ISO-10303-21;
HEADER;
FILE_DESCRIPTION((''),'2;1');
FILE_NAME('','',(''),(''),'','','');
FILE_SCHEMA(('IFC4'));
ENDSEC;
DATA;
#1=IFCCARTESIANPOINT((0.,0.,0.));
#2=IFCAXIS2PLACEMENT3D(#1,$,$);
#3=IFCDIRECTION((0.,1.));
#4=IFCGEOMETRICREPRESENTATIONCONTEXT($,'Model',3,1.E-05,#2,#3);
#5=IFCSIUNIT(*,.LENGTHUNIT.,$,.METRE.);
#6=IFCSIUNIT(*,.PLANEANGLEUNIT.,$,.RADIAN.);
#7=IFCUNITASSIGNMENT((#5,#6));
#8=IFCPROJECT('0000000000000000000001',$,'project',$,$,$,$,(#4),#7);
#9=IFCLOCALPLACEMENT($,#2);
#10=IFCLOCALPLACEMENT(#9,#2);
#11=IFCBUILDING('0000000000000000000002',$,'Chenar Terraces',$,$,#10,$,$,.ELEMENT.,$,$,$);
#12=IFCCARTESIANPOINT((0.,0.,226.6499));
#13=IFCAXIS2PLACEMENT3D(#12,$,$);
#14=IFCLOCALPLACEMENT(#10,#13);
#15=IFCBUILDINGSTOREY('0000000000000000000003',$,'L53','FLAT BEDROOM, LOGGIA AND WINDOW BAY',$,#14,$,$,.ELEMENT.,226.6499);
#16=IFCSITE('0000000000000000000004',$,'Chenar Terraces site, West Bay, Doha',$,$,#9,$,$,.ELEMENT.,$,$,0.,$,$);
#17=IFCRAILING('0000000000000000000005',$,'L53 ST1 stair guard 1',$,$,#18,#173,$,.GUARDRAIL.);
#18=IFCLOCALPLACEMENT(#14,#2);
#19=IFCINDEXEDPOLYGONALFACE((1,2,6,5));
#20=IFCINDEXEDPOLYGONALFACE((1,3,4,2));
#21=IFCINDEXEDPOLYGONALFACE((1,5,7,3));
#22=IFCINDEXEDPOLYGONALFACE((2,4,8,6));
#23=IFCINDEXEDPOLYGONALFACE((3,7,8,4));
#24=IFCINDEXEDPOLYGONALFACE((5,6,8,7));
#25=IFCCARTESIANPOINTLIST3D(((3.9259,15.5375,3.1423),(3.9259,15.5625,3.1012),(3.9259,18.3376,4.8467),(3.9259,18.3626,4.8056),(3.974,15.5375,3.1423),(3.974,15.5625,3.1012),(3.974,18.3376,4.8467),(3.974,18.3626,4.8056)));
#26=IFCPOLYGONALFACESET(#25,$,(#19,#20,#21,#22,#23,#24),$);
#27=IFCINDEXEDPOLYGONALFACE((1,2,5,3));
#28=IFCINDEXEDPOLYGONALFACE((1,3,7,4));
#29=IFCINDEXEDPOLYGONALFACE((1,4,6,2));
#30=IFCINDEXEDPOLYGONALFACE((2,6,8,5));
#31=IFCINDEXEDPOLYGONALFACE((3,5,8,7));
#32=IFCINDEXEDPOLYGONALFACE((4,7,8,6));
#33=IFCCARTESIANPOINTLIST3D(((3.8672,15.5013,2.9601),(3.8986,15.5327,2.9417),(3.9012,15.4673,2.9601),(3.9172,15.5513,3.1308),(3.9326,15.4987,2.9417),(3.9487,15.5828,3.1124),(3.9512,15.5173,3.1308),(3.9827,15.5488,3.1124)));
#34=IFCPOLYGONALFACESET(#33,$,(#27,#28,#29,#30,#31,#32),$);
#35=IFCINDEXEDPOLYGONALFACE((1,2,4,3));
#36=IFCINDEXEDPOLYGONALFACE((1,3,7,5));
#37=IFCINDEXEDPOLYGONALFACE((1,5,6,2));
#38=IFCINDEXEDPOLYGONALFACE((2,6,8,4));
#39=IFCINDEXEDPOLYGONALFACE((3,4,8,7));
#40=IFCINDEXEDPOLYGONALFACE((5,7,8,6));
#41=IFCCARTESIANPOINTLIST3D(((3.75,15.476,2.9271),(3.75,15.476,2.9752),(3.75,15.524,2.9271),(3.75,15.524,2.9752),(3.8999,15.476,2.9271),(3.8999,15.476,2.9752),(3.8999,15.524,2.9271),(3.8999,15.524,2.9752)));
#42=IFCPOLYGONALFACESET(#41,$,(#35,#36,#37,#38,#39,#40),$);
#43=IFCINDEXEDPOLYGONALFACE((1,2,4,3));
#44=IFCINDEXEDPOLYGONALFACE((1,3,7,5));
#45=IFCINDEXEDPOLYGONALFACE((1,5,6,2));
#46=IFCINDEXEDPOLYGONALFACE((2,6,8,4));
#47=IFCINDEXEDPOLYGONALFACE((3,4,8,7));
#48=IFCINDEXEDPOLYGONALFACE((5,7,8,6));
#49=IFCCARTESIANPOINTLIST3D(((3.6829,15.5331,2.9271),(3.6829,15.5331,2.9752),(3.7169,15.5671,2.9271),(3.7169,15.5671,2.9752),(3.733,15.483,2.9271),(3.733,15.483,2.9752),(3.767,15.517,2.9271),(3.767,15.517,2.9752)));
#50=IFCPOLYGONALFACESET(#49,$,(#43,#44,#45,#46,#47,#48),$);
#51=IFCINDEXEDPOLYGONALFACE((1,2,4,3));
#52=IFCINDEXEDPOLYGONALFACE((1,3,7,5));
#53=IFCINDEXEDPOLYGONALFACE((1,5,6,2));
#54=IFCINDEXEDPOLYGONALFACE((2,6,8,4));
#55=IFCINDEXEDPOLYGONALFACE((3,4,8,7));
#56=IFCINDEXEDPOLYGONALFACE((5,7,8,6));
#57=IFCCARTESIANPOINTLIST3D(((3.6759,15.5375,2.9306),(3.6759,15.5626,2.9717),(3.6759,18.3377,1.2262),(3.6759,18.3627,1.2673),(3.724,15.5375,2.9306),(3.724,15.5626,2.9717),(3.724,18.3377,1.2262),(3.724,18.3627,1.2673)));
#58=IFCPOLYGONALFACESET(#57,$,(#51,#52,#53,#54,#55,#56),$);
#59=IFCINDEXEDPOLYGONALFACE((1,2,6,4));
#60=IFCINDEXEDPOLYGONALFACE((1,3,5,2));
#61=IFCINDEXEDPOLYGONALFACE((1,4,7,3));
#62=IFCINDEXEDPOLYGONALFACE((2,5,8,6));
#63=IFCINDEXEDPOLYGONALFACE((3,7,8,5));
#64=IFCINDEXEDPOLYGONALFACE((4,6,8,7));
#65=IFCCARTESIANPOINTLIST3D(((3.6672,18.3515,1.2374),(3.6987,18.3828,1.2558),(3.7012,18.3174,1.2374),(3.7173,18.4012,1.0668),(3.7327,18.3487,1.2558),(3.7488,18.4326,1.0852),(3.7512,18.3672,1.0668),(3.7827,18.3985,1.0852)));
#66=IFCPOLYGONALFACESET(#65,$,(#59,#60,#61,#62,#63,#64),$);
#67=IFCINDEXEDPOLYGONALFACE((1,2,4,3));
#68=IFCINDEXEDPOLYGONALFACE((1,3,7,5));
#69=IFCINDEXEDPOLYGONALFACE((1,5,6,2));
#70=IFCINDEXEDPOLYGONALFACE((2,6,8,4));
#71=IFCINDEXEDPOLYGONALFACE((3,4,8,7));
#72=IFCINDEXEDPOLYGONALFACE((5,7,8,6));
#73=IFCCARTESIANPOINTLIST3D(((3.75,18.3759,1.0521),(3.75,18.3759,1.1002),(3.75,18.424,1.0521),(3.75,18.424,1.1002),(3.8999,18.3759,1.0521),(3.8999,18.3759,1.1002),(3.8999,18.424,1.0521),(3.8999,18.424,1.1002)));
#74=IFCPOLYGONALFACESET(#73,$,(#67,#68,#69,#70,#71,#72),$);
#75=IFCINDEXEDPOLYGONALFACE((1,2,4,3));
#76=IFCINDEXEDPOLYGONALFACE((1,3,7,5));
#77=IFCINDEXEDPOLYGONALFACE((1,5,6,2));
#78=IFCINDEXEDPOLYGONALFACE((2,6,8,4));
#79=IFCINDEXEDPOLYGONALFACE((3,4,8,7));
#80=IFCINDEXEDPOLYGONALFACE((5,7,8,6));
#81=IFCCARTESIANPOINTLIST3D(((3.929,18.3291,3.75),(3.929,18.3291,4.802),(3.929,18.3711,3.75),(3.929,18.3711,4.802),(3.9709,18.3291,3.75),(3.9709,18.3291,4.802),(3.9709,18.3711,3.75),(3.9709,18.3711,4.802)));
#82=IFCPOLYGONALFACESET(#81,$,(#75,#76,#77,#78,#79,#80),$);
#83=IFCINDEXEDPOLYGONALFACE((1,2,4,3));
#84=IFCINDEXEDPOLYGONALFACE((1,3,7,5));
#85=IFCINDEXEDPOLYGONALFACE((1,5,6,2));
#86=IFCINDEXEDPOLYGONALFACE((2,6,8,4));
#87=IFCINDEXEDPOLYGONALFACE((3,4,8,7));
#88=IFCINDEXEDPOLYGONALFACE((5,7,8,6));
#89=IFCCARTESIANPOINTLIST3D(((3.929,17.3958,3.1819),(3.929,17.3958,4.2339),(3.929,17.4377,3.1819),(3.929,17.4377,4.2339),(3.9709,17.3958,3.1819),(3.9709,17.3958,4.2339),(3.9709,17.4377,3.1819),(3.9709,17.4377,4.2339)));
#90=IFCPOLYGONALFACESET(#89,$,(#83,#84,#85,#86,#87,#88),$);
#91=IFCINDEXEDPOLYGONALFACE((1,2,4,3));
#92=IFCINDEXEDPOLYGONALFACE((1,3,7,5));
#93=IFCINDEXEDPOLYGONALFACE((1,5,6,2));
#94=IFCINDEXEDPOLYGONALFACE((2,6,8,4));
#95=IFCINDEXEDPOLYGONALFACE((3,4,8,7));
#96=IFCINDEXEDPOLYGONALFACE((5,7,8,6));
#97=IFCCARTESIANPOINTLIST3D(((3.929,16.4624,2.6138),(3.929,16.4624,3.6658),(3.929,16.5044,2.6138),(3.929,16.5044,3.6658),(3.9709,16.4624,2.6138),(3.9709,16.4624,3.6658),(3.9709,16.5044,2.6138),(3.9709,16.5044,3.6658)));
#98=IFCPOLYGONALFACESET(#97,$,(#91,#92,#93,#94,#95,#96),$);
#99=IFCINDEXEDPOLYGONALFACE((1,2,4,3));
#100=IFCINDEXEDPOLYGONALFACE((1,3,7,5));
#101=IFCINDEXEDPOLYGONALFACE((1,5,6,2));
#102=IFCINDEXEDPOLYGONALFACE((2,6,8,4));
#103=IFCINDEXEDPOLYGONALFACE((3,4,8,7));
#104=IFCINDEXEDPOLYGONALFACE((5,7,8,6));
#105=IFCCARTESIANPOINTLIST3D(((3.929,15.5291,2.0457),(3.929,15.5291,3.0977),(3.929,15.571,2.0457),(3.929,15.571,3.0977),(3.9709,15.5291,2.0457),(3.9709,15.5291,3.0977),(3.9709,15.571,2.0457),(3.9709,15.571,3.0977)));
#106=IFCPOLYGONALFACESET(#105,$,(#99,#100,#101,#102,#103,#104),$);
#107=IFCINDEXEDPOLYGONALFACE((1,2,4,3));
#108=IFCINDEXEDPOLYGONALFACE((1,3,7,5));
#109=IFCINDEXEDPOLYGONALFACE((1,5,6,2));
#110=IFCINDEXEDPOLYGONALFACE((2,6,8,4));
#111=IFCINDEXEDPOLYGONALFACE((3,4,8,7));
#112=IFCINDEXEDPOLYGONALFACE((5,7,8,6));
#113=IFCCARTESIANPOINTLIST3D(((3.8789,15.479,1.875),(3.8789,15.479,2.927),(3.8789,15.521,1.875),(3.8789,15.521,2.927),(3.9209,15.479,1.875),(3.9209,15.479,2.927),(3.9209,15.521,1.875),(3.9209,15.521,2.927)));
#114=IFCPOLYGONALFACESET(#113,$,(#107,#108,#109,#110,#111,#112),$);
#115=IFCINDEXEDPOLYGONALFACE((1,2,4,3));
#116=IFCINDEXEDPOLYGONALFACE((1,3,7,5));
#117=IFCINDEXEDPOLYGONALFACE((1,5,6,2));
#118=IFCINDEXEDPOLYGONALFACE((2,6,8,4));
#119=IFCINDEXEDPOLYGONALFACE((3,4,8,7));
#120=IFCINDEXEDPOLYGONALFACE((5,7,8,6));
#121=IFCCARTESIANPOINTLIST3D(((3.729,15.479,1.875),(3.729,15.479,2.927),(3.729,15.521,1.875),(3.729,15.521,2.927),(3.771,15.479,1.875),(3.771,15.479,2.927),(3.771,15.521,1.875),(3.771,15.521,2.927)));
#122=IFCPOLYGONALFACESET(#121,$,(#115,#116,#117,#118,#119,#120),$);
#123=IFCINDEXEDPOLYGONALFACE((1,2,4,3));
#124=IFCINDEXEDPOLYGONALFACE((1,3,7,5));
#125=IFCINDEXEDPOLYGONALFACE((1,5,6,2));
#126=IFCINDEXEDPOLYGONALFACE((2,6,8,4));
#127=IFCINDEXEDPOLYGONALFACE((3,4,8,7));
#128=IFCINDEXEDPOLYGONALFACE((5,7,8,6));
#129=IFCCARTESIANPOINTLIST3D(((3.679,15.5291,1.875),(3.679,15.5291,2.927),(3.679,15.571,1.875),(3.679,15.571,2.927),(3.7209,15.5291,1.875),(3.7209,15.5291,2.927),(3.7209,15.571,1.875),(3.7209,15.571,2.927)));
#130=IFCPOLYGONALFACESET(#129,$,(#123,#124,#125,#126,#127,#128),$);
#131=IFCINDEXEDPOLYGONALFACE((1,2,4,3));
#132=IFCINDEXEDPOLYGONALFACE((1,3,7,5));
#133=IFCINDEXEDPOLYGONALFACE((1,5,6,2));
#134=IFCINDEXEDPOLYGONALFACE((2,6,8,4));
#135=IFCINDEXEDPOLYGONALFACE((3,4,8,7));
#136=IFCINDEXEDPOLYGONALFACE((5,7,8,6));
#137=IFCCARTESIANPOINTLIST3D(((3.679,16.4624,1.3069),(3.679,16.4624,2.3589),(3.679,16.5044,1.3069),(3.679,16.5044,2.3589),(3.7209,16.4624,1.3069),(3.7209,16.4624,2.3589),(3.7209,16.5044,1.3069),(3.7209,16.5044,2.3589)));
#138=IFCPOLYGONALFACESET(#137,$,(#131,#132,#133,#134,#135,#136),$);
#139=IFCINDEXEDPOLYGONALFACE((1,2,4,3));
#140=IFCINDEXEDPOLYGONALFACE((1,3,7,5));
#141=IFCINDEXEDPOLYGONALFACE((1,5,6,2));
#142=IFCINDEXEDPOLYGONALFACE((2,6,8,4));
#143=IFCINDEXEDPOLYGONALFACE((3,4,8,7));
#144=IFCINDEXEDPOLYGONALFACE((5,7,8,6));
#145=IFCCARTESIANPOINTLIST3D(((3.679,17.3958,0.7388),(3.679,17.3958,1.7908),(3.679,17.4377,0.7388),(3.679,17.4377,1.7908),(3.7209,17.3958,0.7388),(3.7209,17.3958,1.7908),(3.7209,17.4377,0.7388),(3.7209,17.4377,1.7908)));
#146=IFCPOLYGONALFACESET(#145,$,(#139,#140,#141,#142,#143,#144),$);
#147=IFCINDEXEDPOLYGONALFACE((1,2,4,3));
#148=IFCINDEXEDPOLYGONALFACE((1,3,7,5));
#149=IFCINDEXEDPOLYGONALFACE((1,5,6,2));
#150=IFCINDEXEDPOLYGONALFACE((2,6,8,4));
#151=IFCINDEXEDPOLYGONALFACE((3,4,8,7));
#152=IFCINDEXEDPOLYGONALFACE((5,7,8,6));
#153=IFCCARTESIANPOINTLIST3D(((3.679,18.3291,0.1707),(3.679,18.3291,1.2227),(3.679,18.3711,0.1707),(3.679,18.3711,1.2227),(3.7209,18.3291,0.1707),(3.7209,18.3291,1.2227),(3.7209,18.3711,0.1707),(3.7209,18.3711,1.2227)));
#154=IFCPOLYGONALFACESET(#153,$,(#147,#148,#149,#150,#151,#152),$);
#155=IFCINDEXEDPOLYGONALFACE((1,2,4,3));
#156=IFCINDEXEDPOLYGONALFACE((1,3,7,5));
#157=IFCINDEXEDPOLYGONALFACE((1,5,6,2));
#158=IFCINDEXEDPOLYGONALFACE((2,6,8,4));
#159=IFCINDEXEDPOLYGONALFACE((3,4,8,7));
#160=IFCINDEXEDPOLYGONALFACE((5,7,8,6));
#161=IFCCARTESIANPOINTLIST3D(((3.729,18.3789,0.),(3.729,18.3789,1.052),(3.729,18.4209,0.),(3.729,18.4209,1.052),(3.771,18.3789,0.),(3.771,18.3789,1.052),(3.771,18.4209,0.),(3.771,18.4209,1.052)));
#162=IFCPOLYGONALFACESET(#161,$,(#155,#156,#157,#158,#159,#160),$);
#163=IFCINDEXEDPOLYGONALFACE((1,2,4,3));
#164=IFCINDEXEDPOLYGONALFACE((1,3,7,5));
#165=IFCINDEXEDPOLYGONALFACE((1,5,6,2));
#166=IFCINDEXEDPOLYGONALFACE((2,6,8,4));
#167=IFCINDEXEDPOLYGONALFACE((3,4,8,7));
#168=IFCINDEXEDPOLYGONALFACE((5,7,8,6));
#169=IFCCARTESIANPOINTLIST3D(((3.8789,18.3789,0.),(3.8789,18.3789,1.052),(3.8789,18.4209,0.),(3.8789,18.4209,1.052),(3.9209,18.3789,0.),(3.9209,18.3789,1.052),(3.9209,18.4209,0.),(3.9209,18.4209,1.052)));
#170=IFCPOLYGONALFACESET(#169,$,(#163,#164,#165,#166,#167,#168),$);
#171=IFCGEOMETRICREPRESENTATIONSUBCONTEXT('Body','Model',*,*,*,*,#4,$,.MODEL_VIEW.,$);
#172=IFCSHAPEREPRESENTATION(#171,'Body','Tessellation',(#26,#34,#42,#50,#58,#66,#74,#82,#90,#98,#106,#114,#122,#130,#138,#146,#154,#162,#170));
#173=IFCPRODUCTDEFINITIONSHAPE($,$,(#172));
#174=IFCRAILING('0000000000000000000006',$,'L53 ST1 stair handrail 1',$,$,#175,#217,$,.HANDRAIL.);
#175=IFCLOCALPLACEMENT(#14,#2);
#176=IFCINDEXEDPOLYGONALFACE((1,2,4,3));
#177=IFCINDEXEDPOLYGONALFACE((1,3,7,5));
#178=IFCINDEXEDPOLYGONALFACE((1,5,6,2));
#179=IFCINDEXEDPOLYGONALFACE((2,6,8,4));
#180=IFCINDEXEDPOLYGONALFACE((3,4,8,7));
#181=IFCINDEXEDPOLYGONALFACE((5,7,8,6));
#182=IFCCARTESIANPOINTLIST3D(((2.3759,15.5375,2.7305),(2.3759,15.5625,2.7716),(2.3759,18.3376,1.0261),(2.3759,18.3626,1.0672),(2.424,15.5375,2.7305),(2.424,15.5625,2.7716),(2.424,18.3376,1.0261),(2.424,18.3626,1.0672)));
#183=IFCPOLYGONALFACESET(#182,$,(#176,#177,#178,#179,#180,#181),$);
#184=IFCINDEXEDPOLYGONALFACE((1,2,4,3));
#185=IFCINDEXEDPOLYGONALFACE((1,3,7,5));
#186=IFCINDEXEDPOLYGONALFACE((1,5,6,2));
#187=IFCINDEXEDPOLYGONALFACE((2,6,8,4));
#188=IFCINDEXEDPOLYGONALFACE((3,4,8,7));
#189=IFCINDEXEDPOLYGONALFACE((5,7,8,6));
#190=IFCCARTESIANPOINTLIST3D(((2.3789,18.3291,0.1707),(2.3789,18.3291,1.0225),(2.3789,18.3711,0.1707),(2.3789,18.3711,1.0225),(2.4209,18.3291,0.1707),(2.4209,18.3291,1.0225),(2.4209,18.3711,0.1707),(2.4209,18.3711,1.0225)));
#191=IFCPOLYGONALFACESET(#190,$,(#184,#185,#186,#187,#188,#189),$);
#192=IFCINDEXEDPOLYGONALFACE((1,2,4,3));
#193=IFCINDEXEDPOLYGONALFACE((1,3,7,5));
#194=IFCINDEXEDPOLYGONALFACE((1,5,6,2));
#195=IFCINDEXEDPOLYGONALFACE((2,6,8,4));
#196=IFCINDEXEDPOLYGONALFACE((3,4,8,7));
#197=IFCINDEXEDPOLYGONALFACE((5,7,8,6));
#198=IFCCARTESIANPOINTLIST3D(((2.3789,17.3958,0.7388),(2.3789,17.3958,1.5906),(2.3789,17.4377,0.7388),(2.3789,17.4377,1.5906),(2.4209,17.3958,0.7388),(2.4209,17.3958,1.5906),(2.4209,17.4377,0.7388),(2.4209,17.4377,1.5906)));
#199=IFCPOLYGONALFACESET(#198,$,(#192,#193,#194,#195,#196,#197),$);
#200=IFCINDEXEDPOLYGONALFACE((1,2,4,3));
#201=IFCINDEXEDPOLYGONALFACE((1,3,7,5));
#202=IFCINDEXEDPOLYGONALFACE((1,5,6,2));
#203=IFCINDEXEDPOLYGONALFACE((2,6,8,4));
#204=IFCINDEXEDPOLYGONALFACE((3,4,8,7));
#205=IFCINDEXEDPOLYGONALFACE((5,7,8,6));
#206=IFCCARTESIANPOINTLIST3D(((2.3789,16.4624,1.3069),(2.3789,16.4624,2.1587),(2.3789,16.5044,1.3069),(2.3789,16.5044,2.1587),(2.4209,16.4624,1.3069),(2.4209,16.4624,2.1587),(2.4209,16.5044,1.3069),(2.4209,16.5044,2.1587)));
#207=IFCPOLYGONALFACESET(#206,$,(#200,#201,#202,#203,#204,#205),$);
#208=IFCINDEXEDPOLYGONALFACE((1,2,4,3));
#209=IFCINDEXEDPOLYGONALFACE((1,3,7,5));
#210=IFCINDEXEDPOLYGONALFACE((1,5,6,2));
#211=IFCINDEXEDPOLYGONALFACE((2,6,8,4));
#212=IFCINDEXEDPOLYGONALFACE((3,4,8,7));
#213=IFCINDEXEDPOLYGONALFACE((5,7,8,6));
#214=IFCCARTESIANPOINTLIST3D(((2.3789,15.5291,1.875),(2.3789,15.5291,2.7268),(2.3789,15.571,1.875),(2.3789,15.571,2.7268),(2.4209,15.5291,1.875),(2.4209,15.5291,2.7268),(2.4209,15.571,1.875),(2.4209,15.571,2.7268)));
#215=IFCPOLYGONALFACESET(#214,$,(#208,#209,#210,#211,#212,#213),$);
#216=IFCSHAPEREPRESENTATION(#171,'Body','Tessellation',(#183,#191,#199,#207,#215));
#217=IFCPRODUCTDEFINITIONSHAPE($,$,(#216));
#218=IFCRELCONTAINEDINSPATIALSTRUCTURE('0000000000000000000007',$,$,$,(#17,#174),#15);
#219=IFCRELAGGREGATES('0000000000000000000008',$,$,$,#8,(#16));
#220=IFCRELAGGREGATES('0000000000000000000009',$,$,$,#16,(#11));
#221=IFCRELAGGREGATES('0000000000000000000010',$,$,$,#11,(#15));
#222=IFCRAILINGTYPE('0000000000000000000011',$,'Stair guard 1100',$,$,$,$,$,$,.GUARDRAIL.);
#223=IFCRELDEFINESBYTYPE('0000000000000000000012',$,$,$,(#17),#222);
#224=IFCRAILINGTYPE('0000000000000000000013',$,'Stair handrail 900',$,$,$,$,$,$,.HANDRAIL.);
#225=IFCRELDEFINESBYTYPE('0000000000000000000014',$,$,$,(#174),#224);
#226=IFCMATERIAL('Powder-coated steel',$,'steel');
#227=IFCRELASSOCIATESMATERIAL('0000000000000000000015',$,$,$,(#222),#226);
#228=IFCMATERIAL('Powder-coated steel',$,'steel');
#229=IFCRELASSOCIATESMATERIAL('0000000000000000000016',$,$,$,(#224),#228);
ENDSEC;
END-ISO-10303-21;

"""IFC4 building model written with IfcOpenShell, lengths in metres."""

from ifc_helpers import new_model, si_unit, direction, frame, origin, origin_2d, place, context, subcontext, project, spatial, rectangle, extrude, material, type_object, element, save


model = new_model("IFC4")

# Units and contexts
model_context = context("Model", 3, precision=1e-05, world=origin(), true_north=direction((0.0, 1.0)))
body_context = subcontext(model_context, "Body", "Model", "MODEL_VIEW")
ifc_project = project(units=[si_unit("LENGTHUNIT", "METRE"), si_unit("PLANEANGLEUNIT", "RADIAN")], contexts=[model_context])

# Site, building, storey
site_placement = place(None, origin())
site = spatial("IfcSite", under=ifc_project, at=site_placement, Name="Chenar Terraces site, West Bay, Doha", CompositionType="ELEMENT", RefElevation=0.0)
building_placement = place(site_placement, origin())
building = spatial("IfcBuilding", under=site, at=building_placement, Name="Chenar Terraces", CompositionType="ELEMENT")
storey_placement = place(building_placement, frame((0.0, 0.0, 226.6499)))
storey = spatial("IfcBuildingStorey", under=building, at=storey_placement, Name="L53", Description="FLAT BEDROOM, LOGGIA AND WINDOW BAY", CompositionType="ELEMENT", Elevation=226.6499)

# Railings
ifc_material_1 = material(Name="Powder-coated steel", Category="steel")
railing_type_1 = type_object("IfcRailingType", Name="Stair guard 1100", PredefinedType="GUARDRAIL", material=ifc_material_1)
railing_1_placement = place(storey_placement, frame((3.95, 18.3501, 3.75)))
element("IfcRailing", 1, at=railing_1_placement, inside=storey, type_object=railing_type_1, Name="L53 ST1 stair guard 1", PredefinedType="GUARDRAIL", context=body_context, shape_type="SweptSolid", body=[
    extrude(rectangle(XDim=0.0481, YDim=0.0481, at=origin_2d()), frame((0.0, 0.0, 1.0762), z_axis=(0.0, -0.854203, -0.51994), x_axis=(1.0, 0.0, 0.0)), (0.0, 0.0, 1.0), 3.2781),
    extrude(rectangle(XDim=0.0481, YDim=0.0481, at=origin_2d()), frame((0.0, -2.8, -0.6284), z_axis=(-0.2709, -0.2709, -0.923703), x_axis=(0.707107, -0.707107, 0.0)), (0.0, 0.0, 1.0), 0.1848),
    extrude(rectangle(XDim=0.0481, YDim=0.0481, at=origin_2d()), frame((-0.05, -2.8501, -0.7988), z_axis=(-1.0, 0.0, 0.0), x_axis=(0.0, -1.0, 0.0)), (0.0, 0.0, 1.0), 0.1499),
    extrude(rectangle(XDim=0.0481, YDim=0.0481, at=origin_2d()), frame((-0.2, -2.8501, -0.7988), z_axis=(-0.707107, 0.707107, 0.0), x_axis=(-0.707107, -0.707107, 0.0)), (0.0, 0.0, 1.0), 0.0708),
    extrude(rectangle(XDim=0.0481, YDim=0.0481, at=origin_2d()), frame((-0.25, -2.8, -0.7988), z_axis=(0.0, 0.854203, -0.51994), x_axis=(-1.0, 0.0, 0.0)), (0.0, 0.0, 1.0), 3.2781),
    extrude(rectangle(XDim=0.0481, YDim=0.0481, at=origin_2d()), frame((-0.25, 0.0, -2.5034), z_axis=(0.270997, 0.269675, -0.924033), x_axis=(-0.705376, 0.708834, 0.0)), (0.0, 0.0, 1.0), 0.1846),
    extrude(rectangle(XDim=0.0481, YDim=0.0481, at=origin_2d()), frame((-0.2, 0.0498, -2.6738), z_axis=(1.0, 0.0, 0.0), x_axis=(0.0, 1.0, 0.0)), (0.0, 0.0, 1.0), 0.1499),
    extrude(rectangle(XDim=0.042, YDim=0.042, at=origin_2d()), origin(), (0.0, 0.0, 1.0), 1.052),
    extrude(rectangle(XDim=0.042, YDim=0.042, at=origin_2d()), frame((0.0, -0.9333, -0.5681)), (0.0, 0.0, 1.0), 1.052),
    extrude(rectangle(XDim=0.042, YDim=0.042, at=origin_2d()), frame((0.0, -1.8667, -1.1362)), (0.0, 0.0, 1.0), 1.052),
    extrude(rectangle(XDim=0.042, YDim=0.042, at=origin_2d()), frame((0.0, -2.8, -1.7043)), (0.0, 0.0, 1.0), 1.052),
    extrude(rectangle(XDim=0.042, YDim=0.042, at=origin_2d()), frame((-0.05, -2.8501, -1.875)), (0.0, 0.0, 1.0), 1.052),
    extrude(rectangle(XDim=0.042, YDim=0.042, at=origin_2d()), frame((-0.2, -2.8501, -1.875)), (0.0, 0.0, 1.0), 1.052),
    extrude(rectangle(XDim=0.042, YDim=0.042, at=origin_2d()), frame((-0.25, -2.8, -1.875)), (0.0, 0.0, 1.0), 1.052),
    extrude(rectangle(XDim=0.042, YDim=0.042, at=origin_2d()), frame((-0.25, -1.8667, -2.4431)), (0.0, 0.0, 1.0), 1.052),
    extrude(rectangle(XDim=0.042, YDim=0.042, at=origin_2d()), frame((-0.25, -0.9333, -3.0112)), (0.0, 0.0, 1.0), 1.052),
    extrude(rectangle(XDim=0.042, YDim=0.042, at=origin_2d()), frame((-0.25, 0.0, -3.5793)), (0.0, 0.0, 1.0), 1.052),
    extrude(rectangle(XDim=0.042, YDim=0.042, at=origin_2d()), frame((-0.2, 0.0498, -3.75)), (0.0, 0.0, 1.0), 1.052),
    extrude(rectangle(XDim=0.042, YDim=0.042, at=origin_2d()), frame((-0.05, 0.0498, -3.75)), (0.0, 0.0, 1.0), 1.052),
])
ifc_material_2 = material(Name="Powder-coated steel", Category="steel")
railing_type_2 = type_object("IfcRailingType", Name="Stair handrail 900", PredefinedType="HANDRAIL", material=ifc_material_2)
railing_2_placement = place(storey_placement, frame((2.3999, 18.3501, 0.1707)))
element("IfcRailing", 2, at=railing_2_placement, inside=storey, type_object=railing_type_2, Name="L53 ST1 stair handrail 1", PredefinedType="HANDRAIL", context=body_context, shape_type="SweptSolid", body=[
    extrude(rectangle(XDim=0.0481, YDim=0.0481, at=origin_2d()), frame((0.0, 0.0, 0.876), z_axis=(0.0, -0.854203, 0.51994), x_axis=(1.0, 0.0, 0.0)), (0.0, 0.0, 1.0), 3.2781),
    extrude(rectangle(XDim=0.042, YDim=0.042, at=origin_2d()), origin(), (0.0, 0.0, 1.0), 0.8518),
    extrude(rectangle(XDim=0.042, YDim=0.042, at=origin_2d()), frame((0.0, -0.9333, 0.5681)), (0.0, 0.0, 1.0), 0.8518),
    extrude(rectangle(XDim=0.042, YDim=0.042, at=origin_2d()), frame((0.0, -1.8667, 1.1362)), (0.0, 0.0, 1.0), 0.8518),
    extrude(rectangle(XDim=0.042, YDim=0.042, at=origin_2d()), frame((0.0, -2.8, 1.7043)), (0.0, 0.0, 1.0), 0.8518),
])

save(model, "model.ifc")
